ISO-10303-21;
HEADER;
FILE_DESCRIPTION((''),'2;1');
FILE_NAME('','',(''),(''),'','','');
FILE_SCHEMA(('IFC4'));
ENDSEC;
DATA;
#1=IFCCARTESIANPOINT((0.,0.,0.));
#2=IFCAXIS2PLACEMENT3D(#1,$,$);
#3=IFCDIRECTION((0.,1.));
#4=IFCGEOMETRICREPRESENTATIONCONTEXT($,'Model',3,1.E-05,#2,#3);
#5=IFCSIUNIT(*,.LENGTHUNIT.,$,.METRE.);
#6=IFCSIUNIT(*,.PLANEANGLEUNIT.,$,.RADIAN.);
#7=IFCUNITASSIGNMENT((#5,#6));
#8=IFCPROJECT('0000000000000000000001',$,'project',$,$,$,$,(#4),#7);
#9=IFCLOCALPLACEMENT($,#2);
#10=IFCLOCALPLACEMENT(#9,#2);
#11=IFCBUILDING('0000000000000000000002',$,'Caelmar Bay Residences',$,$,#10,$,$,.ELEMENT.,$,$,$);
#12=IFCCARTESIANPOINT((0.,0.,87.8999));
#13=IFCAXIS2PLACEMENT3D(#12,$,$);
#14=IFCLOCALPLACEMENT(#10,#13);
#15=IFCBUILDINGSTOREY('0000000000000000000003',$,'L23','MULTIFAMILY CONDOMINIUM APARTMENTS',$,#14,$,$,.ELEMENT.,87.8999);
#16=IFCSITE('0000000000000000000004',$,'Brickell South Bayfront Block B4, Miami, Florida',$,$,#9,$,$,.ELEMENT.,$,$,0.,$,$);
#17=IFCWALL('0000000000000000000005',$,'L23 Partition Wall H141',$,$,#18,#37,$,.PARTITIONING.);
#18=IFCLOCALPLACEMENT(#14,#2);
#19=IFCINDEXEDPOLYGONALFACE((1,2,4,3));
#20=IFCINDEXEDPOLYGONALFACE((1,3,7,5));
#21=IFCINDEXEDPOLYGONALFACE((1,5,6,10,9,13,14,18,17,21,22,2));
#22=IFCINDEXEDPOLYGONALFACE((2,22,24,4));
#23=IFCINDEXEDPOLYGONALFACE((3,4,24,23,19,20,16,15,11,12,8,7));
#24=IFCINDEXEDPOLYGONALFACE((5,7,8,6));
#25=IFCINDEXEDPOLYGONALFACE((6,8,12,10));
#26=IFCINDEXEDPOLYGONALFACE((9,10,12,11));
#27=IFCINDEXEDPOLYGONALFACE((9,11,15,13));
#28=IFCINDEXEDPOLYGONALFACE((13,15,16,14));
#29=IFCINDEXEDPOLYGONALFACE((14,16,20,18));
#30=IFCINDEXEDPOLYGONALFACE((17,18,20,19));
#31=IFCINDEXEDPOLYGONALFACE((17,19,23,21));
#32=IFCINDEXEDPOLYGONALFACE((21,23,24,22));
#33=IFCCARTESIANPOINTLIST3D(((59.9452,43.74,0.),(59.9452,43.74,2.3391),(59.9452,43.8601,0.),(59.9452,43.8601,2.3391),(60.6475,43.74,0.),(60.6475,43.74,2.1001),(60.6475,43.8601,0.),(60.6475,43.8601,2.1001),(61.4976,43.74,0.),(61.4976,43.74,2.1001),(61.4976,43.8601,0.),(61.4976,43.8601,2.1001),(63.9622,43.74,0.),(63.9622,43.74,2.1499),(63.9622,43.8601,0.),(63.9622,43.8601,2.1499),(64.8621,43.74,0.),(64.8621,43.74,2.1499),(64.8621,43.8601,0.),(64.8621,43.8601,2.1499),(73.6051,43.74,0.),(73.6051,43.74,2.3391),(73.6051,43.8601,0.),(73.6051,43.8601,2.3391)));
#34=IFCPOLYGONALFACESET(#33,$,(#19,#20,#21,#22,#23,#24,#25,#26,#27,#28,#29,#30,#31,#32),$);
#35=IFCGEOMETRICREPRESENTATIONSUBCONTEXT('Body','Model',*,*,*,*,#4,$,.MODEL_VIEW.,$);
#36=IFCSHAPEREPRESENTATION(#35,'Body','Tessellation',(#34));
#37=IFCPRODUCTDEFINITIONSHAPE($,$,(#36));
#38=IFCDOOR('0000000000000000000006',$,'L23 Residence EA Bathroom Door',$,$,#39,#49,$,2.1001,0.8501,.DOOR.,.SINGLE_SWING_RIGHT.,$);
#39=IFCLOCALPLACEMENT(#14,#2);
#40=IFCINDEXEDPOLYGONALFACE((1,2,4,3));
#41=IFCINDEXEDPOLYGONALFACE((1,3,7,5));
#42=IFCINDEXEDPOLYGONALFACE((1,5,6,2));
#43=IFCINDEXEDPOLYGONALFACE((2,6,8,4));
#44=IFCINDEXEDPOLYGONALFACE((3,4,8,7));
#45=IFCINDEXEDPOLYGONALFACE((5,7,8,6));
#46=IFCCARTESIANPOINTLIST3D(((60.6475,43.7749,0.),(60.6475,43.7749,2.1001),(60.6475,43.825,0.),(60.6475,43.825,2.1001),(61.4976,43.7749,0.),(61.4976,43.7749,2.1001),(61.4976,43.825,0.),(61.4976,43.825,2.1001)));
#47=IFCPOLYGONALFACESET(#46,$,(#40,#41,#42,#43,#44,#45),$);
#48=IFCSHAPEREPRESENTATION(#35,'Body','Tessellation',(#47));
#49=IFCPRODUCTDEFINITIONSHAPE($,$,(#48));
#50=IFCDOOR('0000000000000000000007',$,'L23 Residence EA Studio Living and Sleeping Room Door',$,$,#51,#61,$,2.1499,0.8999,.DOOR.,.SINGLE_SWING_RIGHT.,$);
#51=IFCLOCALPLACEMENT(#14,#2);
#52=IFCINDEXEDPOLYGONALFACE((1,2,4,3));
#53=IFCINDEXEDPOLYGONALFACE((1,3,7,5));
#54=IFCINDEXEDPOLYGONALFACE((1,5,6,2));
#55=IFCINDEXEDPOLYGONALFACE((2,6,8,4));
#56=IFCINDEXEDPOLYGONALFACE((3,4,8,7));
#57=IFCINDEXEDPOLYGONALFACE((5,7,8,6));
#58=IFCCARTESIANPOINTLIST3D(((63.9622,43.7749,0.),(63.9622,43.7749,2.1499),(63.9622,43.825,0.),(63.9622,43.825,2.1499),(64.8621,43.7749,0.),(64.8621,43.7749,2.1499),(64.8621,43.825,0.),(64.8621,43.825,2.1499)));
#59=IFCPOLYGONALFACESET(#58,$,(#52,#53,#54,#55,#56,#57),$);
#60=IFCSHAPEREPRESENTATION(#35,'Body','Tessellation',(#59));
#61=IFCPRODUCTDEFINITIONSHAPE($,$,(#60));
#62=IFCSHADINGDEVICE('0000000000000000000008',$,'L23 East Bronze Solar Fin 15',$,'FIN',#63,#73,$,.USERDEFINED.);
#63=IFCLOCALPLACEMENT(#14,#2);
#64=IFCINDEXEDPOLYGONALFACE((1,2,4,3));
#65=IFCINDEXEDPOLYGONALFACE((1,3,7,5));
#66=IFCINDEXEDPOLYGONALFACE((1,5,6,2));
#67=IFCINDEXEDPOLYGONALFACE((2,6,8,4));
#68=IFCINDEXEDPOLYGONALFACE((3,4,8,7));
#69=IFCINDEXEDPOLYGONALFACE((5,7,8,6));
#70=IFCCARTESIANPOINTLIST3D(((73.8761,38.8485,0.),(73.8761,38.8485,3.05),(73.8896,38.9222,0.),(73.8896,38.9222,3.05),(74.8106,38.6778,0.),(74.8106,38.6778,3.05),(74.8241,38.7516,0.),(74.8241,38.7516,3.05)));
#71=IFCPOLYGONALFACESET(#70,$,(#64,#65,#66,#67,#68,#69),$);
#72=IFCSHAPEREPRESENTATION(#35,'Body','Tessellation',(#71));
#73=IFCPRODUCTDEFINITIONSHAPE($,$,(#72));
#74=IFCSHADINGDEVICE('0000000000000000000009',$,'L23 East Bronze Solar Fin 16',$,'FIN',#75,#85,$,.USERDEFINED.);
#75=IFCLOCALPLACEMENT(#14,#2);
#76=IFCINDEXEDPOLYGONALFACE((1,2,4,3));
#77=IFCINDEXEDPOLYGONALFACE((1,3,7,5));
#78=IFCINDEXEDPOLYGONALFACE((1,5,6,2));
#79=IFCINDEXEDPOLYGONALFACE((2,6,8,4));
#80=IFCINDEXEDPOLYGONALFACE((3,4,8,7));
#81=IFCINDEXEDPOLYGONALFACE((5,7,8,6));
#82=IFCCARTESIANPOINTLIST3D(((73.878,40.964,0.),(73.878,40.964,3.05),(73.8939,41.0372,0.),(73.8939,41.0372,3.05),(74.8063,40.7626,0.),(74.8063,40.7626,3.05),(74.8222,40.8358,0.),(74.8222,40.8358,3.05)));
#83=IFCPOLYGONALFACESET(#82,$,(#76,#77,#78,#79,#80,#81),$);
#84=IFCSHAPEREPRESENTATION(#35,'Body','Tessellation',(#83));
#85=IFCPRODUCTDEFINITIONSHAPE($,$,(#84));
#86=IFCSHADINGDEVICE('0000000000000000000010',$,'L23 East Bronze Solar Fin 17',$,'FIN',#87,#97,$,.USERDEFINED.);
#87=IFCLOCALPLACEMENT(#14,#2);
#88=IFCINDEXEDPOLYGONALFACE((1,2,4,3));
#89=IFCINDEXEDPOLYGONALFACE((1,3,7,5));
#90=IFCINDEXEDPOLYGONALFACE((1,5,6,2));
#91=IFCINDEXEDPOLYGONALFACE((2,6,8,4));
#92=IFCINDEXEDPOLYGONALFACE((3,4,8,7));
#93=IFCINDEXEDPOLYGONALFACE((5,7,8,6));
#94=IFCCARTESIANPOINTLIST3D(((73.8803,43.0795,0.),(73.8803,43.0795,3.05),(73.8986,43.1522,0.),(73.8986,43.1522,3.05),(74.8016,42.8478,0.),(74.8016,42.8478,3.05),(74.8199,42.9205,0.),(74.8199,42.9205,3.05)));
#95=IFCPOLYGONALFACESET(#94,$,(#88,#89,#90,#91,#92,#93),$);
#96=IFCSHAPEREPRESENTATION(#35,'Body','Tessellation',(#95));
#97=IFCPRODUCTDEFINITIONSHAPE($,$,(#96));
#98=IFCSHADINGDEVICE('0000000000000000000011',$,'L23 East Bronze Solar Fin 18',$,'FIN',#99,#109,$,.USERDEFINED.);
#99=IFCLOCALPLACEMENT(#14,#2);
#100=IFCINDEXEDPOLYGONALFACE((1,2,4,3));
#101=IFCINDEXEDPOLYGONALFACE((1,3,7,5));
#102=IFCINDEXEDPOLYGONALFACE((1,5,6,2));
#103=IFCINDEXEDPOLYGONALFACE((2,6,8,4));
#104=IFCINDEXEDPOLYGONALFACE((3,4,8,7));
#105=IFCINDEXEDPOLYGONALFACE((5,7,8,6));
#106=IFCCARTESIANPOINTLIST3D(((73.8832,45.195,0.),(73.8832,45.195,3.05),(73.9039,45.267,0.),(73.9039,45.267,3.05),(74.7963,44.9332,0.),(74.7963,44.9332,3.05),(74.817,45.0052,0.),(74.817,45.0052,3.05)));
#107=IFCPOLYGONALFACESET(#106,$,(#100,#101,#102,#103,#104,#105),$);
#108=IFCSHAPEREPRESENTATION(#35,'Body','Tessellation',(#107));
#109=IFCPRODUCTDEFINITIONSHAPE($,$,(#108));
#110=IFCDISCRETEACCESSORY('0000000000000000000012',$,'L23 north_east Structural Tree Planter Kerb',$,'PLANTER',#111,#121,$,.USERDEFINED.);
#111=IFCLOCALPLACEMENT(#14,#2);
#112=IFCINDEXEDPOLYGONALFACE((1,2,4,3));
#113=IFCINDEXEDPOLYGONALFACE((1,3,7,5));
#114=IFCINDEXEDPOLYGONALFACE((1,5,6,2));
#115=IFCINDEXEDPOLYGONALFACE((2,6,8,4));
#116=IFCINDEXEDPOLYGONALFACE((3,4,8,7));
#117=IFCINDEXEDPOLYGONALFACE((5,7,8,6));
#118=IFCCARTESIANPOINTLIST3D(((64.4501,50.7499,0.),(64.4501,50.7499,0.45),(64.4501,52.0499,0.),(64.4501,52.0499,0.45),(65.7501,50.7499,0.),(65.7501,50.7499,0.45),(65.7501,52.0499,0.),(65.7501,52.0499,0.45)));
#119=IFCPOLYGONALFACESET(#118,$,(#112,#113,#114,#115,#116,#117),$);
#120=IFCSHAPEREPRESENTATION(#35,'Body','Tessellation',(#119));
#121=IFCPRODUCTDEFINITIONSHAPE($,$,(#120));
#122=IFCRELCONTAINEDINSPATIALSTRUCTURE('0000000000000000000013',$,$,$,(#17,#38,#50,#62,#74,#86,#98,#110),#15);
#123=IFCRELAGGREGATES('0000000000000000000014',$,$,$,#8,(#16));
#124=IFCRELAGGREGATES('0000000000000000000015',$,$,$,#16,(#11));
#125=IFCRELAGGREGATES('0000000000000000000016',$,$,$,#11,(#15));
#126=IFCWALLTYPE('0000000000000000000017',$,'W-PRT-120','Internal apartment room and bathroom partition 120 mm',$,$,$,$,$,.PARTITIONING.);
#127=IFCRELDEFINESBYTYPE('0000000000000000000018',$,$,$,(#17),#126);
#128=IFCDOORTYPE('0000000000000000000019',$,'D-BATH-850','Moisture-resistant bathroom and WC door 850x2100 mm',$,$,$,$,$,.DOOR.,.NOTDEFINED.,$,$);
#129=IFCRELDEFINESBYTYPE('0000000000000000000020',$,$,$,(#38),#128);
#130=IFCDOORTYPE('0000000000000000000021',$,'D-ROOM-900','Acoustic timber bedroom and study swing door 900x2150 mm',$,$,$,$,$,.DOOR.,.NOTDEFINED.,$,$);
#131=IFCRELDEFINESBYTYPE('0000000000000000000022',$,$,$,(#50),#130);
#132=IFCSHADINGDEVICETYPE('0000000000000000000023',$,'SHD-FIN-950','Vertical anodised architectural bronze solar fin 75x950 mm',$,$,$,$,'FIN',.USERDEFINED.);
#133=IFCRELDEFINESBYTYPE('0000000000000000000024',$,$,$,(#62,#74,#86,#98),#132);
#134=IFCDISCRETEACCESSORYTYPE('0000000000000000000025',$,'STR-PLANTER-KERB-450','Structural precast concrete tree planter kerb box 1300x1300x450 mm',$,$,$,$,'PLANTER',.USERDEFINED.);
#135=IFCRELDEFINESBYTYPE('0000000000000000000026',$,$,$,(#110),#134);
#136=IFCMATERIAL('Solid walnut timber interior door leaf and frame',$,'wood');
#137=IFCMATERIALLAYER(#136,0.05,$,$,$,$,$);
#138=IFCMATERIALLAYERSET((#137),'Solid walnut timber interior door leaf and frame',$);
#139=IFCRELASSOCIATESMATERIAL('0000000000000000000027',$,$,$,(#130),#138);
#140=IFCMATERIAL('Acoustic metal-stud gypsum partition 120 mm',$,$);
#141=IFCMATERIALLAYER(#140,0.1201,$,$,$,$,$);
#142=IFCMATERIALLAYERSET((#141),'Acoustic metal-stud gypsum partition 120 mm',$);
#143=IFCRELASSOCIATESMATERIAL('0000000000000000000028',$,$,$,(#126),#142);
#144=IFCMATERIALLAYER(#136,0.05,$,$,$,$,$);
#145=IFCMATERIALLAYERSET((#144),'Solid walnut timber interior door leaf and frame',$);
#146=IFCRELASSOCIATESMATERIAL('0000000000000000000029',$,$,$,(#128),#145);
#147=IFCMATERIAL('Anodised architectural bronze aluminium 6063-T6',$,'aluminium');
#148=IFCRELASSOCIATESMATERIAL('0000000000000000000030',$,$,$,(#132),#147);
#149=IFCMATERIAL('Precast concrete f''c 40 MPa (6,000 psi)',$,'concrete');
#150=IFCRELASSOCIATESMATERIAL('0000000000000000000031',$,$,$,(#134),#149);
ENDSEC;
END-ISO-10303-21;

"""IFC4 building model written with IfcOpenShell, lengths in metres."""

from ifc_helpers import new_model, si_unit, direction, frame, frame_2d, origin, origin_2d, place, context, subcontext, project, spatial, rectangle, extrude, material, layer, layer_set, material_profile, profile_set, type_object, element, fill, save


model = new_model("IFC4")

# Units and contexts
model_context = context("Model", 3, precision=1e-05, world=origin(), true_north=direction((0.0, 1.0)))
body_context = subcontext(model_context, "Body", "Model", "MODEL_VIEW")
ifc_project = project(units=[si_unit("LENGTHUNIT", "METRE"), si_unit("PLANEANGLEUNIT", "RADIAN")], contexts=[model_context])

# Site, building, storey
site_placement = place(None, origin())
site = spatial("IfcSite", under=ifc_project, at=site_placement, Name="Brickell South Bayfront Block B4, Miami, Florida", CompositionType="ELEMENT", RefElevation=0.0)
building_placement = place(site_placement, origin())
building = spatial("IfcBuilding", under=site, at=building_placement, Name="Caelmar Bay Residences", CompositionType="ELEMENT")
storey_placement = place(building_placement, frame((0.0, 0.0, 87.8999)))
storey = spatial("IfcBuildingStorey", under=building, at=storey_placement, Name="L23", Description="MULTIFAMILY CONDOMINIUM APARTMENTS", CompositionType="ELEMENT", Elevation=87.8999)

# Shared definitions
ifc_material_1 = material(Name="Precast concrete f'c 40 MPa (6,000 psi)", Category="concrete")

# Shared definitions
ifc_material_2 = material(Name="Solid walnut timber interior door leaf and frame", Category="wood")
ifc_layer_1 = layer(ifc_material_2, 0.05)
ifc_layer_set_1 = layer_set([ifc_layer_1], Name="Solid walnut timber interior door leaf and frame")
door_type_1 = type_object("IfcDoorType", Name="D-ROOM-900", Description="Acoustic timber bedroom and study swing door 900x2150 mm", OperationType="NOTDEFINED", PredefinedType="DOOR", material=ifc_layer_set_1)
ifc_material_3 = material(Name="Acoustic metal-stud gypsum partition 120 mm")
ifc_layer_2 = layer(ifc_material_3, 0.1201)
ifc_layer_set_2 = layer_set([ifc_layer_2], Name="Acoustic metal-stud gypsum partition 120 mm")
wall_type_1 = type_object("IfcWallType", Name="W-PRT-120", Description="Internal apartment room and bathroom partition 120 mm", PredefinedType="PARTITIONING", material=ifc_layer_set_2)

# Wall, openings, doors
wall_1_placement = place(storey_placement, frame((59.9451, 43.8, 0.0), z_axis=(0.0, 0.0, 1.0), x_axis=(1.0, 0.0, 0.0)))
wall_1 = element("IfcWall", 1, at=wall_1_placement, inside=storey, type_object=wall_type_1, Name="L23 Partition Wall H141", PredefinedType="PARTITIONING", context=body_context, shape_type="SweptSolid", body=[
    extrude(rectangle(XDim=13.6599, YDim=0.1201, at=frame_2d((6.8301, 0.0))), origin(), (0.0, 0.0, 1.0), 2.3391),
])
opening_1_placement = place(wall_1_placement, frame((4.0171, 0.0, 0.0)))
opening_1 = element("IfcOpeningElement", 2, at=opening_1_placement, cuts=wall_1, PredefinedType="OPENING", context=body_context, shape_type="SweptSolid", body=[
    extrude(rectangle(XDim=0.8999, YDim=2.1499, at=frame_2d((0.45, 1.075))), frame((0.0, 0.0701, 0.0), z_axis=(0.0, -1.0, 0.0), x_axis=(1.0, 0.0, 0.0)), (0.0, 0.0, 1.0), 0.1401),
])
opening_2_placement = place(wall_1_placement, frame((0.7024, 0.0, 0.0)))
opening_2 = element("IfcOpeningElement", 3, at=opening_2_placement, cuts=wall_1, PredefinedType="OPENING", context=body_context, shape_type="SweptSolid", body=[
    extrude(rectangle(XDim=0.8501, YDim=2.1001, at=frame_2d((0.425, 1.05))), frame((0.0, 0.0701, 0.0), z_axis=(0.0, -1.0, 0.0), x_axis=(1.0, 0.0, 0.0)), (0.0, 0.0, 1.0), 0.1401),
])
ifc_layer_3 = layer(ifc_material_2, 0.05)
ifc_layer_set_3 = layer_set([ifc_layer_3], Name="Solid walnut timber interior door leaf and frame")
door_type_2 = type_object("IfcDoorType", Name="D-BATH-850", Description="Moisture-resistant bathroom and WC door 850x2100 mm", OperationType="NOTDEFINED", PredefinedType="DOOR", material=ifc_layer_set_3)
door_1_placement = place(opening_2_placement, origin())
door_1 = element("IfcDoor", 4, at=door_1_placement, inside=storey, type_object=door_type_2, Name="L23 Residence EA Bathroom Door", OperationType="SINGLE_SWING_RIGHT", OverallHeight=2.1001, OverallWidth=0.8501, PredefinedType="DOOR", context=body_context, shape_type="SweptSolid", body=[
    extrude(rectangle(XDim=0.8501, YDim=2.1001, at=frame_2d((0.425, 1.05))), frame((0.0, 0.0249, 0.0), z_axis=(0.0, -1.0, 0.0), x_axis=(1.0, 0.0, 0.0)), (0.0, 0.0, 1.0), 0.05),
])
fill(opening_2, door_1)
door_2_placement = place(opening_1_placement, origin())
door_2 = element("IfcDoor", 5, at=door_2_placement, inside=storey, type_object=door_type_1, Name="L23 Residence EA Studio Living and Sleeping Room Door", OperationType="SINGLE_SWING_RIGHT", OverallHeight=2.1499, OverallWidth=0.8999, PredefinedType="DOOR", context=body_context, shape_type="SweptSolid", body=[
    extrude(rectangle(XDim=0.8999, YDim=2.1499, at=frame_2d((0.45, 1.075))), frame((0.0, 0.0249, 0.0), z_axis=(0.0, -1.0, 0.0), x_axis=(1.0, 0.0, 0.0)), (0.0, 0.0, 1.0), 0.05),
])
fill(opening_1, door_2)

# Shading devices
ifc_material_4 = material(Name="Anodised architectural bronze aluminium 6063-T6", Category="aluminium")
ifc_material_profile_1 = material_profile(ifc_material_4, rectangle(XDim=0.075, YDim=0.95, at=origin_2d()), Name="BRONZE-FIN-75X950")
ifc_profile_set_1 = profile_set([ifc_material_profile_1], Name="Anodised architectural bronze aluminium 6063-T6")
shading_device_type = type_object("IfcShadingDeviceType", Name="SHD-FIN-950", Description="Vertical anodised architectural bronze solar fin 75x950 mm", ElementType="FIN", PredefinedType="USERDEFINED", material=ifc_profile_set_1)
for number, where, z_axis, x_axis, name in (
    (6, (74.3501, 38.8, 0.0), (0.0, 0.0, 1.0), (0.179661, 0.983729, 0.0), "L23 East Bronze Solar Fin 15"),
    (7, (74.3501, 40.8999, 0.0), (0.0, 0.0, 1.0), (0.212007, 0.977268, 0.0), "L23 East Bronze Solar Fin 16"),
    (8, (74.3501, 43.0, 0.0), (0.0, 0.0, 1.0), (0.243954, 0.969787, 0.0), "L23 East Bronze Solar Fin 17"),
    (9, (74.3501, 45.1001, 0.0), (0.0, 0.0, 1.0), (0.275637, 0.961262, 0.0), "L23 East Bronze Solar Fin 18"),
):
    element("IfcShadingDevice", number, at=place(storey_placement, frame(where, z_axis=z_axis, x_axis=x_axis)), inside=storey, type_object=shading_device_type, Name=name, ObjectType="FIN", PredefinedType="USERDEFINED", context=body_context, shape_type="SweptSolid", body=[
        extrude(rectangle(XDim=0.075, YDim=0.95, at=origin_2d()), origin(), (0.0, 0.0, 1.0), 3.05),
    ])

# Discrete accessory
discrete_accessory_type = type_object("IfcDiscreteAccessoryType", Name="STR-PLANTER-KERB-450", Description="Structural precast concrete tree planter kerb box 1300x1300x450 mm", ElementType="PLANTER", PredefinedType="USERDEFINED", material=ifc_material_1)
discrete_accessory_placement = place(storey_placement, frame((65.1001, 51.3999, 0.0), z_axis=(0.0, 0.0, 1.0), x_axis=(1.0, 0.0, 0.0)))
element("IfcDiscreteAccessory", 10, at=discrete_accessory_placement, inside=storey, type_object=discrete_accessory_type, Name="L23 north_east Structural Tree Planter Kerb", ObjectType="PLANTER", PredefinedType="USERDEFINED", context=body_context, shape_type="SweptSolid", body=[
    extrude(rectangle(XDim=1.3, YDim=1.3, at=origin_2d()), origin(), (0.0, 0.0, 1.0), 0.45),
])

save(model, "model.ifc")
